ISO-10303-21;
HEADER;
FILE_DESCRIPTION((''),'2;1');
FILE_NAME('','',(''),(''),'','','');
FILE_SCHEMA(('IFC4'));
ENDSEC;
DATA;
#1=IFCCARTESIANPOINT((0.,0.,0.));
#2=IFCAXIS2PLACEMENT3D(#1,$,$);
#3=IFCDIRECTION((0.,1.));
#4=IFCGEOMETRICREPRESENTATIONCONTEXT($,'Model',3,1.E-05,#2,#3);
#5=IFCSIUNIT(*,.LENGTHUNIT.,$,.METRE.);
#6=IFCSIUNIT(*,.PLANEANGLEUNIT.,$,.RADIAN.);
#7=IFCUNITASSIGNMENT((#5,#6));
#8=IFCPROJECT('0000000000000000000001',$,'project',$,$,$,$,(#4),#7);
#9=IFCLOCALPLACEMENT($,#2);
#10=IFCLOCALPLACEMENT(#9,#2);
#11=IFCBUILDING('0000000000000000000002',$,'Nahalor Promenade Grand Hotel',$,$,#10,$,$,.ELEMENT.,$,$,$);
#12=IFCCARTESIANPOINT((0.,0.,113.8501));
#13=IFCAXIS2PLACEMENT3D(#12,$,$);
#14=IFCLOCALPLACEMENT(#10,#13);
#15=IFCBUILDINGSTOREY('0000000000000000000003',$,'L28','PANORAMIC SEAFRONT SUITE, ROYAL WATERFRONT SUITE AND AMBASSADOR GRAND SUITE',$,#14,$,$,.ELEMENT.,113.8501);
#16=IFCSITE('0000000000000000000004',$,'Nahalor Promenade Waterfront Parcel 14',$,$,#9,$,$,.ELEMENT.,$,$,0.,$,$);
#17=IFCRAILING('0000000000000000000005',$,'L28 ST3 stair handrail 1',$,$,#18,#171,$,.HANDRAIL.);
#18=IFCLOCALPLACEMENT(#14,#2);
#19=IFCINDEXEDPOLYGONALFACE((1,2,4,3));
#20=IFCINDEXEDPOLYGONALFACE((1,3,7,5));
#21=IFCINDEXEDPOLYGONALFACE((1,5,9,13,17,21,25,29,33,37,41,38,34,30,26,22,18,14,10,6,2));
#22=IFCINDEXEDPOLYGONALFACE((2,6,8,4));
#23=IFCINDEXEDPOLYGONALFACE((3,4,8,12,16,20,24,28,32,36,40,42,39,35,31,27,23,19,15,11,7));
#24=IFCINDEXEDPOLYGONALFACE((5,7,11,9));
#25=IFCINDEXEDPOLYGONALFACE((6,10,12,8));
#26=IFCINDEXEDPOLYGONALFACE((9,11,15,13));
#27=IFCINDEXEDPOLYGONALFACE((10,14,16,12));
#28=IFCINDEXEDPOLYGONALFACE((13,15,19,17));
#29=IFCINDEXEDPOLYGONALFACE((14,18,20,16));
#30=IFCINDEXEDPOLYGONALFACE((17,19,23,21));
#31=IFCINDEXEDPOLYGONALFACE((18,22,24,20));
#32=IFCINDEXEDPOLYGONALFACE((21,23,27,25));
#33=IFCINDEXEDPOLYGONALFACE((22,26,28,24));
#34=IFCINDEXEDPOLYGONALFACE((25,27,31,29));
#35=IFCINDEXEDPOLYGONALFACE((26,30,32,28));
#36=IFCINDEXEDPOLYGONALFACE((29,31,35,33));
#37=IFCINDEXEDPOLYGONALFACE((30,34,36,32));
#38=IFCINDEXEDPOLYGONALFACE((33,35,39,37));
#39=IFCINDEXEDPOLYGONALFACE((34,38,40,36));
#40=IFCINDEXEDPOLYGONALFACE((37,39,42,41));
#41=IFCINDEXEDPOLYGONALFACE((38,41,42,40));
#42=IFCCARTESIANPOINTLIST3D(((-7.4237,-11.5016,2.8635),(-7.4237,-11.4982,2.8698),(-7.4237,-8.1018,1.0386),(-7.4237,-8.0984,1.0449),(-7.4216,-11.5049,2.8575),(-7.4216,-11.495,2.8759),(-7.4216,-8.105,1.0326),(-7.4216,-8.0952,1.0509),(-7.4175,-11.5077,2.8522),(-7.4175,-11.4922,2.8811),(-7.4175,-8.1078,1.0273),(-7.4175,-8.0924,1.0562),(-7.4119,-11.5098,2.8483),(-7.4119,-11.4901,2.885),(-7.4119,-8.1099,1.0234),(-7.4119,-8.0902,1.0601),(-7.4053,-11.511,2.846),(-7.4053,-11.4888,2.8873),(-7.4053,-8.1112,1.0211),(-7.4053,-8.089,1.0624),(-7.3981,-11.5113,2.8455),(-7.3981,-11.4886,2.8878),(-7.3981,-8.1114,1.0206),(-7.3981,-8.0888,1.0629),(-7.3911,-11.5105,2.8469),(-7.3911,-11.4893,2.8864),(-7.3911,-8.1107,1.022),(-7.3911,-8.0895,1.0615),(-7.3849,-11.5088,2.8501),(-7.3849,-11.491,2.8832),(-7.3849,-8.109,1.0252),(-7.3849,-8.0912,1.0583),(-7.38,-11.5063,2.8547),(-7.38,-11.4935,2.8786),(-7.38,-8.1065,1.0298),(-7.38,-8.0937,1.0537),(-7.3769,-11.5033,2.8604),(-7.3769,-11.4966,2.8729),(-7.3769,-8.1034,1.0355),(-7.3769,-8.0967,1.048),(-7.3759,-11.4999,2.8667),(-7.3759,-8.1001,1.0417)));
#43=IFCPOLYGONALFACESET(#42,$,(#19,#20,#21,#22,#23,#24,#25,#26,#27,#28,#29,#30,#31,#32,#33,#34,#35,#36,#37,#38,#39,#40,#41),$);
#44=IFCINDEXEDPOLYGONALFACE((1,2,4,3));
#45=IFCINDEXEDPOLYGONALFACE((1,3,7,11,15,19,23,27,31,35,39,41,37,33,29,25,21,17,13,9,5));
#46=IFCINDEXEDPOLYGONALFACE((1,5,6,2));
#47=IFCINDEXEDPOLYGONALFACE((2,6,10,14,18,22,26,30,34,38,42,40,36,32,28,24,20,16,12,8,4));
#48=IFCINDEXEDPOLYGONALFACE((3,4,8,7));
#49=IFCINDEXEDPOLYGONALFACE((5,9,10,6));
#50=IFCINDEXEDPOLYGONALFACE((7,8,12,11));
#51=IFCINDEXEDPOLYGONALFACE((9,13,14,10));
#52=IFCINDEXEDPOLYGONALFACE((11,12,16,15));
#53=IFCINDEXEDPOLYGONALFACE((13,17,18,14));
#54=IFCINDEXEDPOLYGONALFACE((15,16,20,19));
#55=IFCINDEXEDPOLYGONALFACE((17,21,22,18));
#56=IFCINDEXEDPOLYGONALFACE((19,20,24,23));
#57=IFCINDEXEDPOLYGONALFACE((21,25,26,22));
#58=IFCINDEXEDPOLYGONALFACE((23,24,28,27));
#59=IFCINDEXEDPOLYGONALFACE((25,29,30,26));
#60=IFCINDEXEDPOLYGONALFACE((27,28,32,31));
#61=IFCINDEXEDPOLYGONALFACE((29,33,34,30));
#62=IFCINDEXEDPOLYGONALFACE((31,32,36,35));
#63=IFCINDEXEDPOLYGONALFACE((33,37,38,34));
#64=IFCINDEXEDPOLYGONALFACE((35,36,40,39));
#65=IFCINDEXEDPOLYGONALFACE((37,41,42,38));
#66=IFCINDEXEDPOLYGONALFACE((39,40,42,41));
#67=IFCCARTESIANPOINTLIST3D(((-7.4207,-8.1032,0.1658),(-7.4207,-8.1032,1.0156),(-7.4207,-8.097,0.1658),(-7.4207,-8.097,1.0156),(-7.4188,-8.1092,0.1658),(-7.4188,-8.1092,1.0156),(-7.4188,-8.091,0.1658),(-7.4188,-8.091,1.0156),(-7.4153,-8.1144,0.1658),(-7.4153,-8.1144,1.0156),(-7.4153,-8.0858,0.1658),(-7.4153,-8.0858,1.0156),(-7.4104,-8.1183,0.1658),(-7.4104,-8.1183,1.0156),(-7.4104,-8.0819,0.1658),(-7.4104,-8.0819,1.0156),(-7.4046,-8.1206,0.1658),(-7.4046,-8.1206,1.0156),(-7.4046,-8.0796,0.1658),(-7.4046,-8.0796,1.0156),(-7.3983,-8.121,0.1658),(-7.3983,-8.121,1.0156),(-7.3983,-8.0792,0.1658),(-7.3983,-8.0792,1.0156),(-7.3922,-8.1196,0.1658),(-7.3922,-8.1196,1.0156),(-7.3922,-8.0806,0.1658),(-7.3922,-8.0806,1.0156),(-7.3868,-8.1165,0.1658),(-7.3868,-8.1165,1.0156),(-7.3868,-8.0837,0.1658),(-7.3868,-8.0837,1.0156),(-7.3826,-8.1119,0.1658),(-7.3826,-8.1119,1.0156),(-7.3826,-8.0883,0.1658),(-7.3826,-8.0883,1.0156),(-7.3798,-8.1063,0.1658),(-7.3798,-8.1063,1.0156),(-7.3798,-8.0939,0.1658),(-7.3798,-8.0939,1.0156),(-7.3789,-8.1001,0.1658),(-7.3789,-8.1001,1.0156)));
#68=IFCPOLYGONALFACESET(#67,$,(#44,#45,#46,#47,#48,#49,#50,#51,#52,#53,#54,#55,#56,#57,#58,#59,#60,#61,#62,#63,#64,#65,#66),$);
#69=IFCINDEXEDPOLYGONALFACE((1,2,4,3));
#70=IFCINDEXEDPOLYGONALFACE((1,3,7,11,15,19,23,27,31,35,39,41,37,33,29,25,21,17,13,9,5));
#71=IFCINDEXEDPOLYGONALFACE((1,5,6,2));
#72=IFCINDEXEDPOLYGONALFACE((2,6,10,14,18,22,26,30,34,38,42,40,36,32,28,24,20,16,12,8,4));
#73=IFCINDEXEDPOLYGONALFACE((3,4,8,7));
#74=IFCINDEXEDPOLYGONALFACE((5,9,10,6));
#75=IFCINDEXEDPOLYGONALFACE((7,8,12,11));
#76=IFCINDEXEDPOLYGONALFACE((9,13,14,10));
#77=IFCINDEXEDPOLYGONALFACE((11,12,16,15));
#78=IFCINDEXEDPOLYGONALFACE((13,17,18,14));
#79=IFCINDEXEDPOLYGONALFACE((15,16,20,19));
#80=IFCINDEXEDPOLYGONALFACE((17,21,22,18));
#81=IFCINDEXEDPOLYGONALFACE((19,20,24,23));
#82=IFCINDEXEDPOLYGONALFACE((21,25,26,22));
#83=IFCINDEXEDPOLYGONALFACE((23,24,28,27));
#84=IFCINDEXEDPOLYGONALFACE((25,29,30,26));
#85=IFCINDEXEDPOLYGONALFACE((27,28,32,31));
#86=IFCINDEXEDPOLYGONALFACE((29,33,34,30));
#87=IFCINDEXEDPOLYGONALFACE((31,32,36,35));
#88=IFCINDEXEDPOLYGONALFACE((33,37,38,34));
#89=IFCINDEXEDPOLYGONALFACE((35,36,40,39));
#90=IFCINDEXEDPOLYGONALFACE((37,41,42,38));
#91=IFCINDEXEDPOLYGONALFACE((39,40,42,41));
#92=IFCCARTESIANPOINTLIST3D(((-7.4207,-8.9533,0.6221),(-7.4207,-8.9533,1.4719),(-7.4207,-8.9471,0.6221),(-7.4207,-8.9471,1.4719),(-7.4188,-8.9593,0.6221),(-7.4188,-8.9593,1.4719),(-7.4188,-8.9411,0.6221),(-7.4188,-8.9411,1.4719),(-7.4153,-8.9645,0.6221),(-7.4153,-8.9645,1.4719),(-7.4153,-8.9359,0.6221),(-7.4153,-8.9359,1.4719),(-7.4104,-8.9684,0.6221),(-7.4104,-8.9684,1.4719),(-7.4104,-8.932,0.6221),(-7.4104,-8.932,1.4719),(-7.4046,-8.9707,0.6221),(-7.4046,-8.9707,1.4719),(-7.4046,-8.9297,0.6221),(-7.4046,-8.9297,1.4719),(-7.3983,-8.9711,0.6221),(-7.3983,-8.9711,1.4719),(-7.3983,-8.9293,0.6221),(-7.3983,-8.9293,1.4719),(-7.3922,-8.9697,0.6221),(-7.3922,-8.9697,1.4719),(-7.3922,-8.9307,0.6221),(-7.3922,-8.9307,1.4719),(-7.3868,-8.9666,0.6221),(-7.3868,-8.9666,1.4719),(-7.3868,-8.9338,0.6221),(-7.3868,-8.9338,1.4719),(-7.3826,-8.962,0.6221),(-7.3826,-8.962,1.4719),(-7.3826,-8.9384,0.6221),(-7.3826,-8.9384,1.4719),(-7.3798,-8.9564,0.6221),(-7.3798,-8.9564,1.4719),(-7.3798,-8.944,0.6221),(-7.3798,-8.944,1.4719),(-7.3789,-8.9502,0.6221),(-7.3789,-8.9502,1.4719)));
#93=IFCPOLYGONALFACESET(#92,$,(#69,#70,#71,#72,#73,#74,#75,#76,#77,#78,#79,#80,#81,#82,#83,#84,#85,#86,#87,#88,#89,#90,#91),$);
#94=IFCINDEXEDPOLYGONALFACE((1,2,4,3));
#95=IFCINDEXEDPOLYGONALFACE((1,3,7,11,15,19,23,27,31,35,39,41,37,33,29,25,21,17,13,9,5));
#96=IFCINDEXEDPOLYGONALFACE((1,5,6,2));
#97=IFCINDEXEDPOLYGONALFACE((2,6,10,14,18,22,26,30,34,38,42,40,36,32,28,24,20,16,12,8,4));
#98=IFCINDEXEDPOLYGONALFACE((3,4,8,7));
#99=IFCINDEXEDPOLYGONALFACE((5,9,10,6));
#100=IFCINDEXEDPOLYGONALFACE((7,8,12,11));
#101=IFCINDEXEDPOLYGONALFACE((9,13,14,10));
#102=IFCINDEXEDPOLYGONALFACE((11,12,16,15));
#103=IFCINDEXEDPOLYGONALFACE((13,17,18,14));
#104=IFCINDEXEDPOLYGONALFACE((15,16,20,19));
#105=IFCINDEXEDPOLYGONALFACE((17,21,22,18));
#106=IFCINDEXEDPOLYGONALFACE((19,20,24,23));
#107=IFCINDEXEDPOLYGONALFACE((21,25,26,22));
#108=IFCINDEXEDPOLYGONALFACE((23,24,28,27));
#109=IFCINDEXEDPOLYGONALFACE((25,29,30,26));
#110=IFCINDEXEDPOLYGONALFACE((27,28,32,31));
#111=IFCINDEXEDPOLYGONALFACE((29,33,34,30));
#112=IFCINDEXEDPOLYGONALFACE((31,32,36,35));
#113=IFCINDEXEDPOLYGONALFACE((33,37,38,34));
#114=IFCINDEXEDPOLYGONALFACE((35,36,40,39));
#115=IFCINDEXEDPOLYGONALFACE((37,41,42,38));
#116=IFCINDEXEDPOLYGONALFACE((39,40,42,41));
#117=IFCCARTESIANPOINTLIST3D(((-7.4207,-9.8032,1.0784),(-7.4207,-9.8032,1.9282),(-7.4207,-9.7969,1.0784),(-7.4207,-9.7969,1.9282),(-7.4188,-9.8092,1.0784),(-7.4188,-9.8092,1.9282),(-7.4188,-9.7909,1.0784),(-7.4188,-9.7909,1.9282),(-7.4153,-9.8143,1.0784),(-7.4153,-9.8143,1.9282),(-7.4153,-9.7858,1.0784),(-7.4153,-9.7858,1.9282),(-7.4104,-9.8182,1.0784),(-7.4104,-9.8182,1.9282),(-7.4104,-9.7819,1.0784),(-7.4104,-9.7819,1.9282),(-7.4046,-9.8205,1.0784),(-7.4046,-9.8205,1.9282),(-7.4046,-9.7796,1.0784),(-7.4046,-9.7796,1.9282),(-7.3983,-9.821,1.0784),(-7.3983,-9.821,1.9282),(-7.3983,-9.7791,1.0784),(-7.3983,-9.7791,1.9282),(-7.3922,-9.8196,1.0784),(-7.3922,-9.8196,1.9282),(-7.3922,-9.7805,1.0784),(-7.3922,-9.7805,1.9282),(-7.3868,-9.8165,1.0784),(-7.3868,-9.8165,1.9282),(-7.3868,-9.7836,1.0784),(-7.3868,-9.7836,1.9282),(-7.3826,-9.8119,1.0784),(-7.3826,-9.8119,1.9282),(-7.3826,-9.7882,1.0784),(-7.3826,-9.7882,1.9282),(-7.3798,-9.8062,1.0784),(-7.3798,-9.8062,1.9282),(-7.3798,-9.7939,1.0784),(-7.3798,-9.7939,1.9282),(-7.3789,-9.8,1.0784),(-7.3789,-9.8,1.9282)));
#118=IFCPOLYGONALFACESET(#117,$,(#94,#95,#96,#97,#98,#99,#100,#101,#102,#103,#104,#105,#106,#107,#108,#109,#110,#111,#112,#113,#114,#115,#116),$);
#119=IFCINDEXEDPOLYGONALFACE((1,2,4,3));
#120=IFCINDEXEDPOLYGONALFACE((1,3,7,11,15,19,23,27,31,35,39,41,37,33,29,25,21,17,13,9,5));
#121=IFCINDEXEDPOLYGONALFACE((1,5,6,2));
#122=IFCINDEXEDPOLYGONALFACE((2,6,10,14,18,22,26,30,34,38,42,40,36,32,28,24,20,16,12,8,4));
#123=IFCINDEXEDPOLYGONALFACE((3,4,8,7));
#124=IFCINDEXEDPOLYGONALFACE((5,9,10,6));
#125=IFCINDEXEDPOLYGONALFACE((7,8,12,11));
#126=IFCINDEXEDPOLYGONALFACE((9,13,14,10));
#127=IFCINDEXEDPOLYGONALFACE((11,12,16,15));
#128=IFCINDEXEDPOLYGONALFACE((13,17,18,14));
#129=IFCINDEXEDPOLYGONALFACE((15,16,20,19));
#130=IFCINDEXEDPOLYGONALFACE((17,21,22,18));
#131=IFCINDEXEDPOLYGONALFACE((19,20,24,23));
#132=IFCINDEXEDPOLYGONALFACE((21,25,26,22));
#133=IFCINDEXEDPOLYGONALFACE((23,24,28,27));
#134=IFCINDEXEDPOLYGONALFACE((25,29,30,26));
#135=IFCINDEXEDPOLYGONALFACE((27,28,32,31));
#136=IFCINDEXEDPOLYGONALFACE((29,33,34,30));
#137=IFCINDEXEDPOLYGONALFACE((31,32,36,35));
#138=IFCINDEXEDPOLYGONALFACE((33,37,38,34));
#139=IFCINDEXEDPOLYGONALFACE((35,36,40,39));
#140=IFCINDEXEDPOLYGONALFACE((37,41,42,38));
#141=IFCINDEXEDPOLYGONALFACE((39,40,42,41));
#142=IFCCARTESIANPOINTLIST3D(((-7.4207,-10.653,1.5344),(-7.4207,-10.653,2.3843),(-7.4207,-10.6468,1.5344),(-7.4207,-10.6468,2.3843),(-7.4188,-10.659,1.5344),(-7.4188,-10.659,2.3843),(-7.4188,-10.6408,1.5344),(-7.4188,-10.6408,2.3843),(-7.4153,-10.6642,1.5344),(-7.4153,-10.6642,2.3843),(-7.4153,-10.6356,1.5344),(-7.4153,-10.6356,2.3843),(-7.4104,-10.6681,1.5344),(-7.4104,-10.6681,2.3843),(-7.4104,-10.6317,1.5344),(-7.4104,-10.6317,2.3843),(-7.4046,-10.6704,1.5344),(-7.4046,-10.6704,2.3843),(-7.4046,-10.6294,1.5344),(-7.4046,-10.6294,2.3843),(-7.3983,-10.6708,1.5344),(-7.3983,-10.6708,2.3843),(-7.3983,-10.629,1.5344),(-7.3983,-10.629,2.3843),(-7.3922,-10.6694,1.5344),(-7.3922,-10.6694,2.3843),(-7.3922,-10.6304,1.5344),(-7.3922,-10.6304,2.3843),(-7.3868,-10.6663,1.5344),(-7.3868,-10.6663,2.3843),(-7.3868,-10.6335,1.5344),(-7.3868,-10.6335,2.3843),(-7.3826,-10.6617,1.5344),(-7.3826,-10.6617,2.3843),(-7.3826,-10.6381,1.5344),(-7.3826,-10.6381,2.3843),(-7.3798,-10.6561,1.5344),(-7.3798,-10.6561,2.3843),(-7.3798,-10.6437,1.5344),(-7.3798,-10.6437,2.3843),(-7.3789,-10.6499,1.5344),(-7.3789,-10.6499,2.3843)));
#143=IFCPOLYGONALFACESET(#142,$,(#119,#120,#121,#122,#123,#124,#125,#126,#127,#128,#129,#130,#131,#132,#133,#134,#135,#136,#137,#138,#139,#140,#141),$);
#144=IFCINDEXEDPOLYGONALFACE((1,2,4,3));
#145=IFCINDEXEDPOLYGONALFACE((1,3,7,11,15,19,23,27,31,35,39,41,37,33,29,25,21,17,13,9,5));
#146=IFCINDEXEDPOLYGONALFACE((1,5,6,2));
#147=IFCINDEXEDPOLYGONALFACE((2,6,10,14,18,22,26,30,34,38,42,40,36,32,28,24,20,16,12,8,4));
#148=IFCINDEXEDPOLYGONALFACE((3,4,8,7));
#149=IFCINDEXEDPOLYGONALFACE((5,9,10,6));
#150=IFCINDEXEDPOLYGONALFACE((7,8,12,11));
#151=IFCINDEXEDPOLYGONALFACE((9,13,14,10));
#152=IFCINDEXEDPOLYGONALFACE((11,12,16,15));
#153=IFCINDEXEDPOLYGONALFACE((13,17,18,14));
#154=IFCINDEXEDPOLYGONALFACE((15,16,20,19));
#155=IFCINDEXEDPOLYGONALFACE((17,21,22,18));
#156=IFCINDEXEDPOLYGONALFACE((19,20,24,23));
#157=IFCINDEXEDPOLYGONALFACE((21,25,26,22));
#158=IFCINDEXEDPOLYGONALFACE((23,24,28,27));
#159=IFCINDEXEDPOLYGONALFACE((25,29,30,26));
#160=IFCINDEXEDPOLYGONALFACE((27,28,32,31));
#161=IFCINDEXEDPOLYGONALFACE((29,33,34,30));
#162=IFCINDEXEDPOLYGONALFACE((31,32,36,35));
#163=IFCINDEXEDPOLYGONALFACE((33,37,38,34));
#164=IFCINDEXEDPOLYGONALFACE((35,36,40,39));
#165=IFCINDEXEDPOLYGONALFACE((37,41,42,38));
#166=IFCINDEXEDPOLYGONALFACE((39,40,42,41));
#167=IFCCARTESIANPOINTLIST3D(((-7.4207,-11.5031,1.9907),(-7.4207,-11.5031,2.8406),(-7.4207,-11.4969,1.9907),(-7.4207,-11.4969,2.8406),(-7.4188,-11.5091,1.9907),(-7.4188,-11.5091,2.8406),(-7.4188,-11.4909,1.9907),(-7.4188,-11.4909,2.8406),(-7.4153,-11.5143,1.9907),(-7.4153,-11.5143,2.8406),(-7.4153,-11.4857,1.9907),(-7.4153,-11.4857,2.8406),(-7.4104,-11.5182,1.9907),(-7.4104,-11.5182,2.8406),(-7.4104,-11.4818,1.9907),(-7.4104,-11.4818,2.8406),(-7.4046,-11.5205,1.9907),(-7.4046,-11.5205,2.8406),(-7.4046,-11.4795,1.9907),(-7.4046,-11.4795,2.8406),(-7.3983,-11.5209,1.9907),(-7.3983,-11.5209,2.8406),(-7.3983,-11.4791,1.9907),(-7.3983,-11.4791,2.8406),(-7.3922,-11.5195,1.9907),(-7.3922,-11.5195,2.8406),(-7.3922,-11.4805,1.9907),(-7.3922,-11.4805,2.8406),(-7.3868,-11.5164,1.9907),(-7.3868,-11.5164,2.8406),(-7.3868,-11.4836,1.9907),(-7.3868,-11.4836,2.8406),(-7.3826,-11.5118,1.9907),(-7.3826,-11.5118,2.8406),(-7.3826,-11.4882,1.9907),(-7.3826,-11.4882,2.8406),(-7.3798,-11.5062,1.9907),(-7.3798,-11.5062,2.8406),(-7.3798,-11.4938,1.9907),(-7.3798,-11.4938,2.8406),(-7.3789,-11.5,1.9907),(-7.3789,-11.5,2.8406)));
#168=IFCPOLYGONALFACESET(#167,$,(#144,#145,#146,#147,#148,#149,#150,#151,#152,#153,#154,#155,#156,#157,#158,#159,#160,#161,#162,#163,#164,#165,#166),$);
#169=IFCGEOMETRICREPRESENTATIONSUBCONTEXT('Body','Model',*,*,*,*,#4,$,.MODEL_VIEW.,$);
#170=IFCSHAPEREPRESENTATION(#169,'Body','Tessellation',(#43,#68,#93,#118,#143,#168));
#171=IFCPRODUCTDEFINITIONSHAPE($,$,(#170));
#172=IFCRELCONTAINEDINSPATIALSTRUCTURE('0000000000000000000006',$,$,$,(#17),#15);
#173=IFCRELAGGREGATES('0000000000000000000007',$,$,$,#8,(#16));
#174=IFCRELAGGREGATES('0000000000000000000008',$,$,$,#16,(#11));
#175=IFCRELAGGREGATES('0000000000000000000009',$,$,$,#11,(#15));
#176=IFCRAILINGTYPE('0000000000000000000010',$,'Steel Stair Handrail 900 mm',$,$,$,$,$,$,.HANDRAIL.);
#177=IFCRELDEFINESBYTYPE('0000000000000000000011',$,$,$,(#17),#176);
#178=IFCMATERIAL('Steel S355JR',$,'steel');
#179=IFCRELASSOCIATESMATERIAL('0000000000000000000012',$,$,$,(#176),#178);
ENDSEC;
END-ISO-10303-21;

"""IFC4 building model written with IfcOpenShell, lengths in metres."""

from ifc_helpers import new_model, si_unit, direction, frame, origin, origin_2d, place, context, subcontext, project, spatial, circle, extrude, material, type_object, element, save


model = new_model("IFC4")

# Units and contexts
model_context = context("Model", 3, precision=1e-05, world=origin(), true_north=direction((0.0, 1.0)))
body_context = subcontext(model_context, "Body", "Model", "MODEL_VIEW")
ifc_project = project(units=[si_unit("LENGTHUNIT", "METRE"), si_unit("PLANEANGLEUNIT", "RADIAN")], contexts=[model_context])

# Site, building, storey
site_placement = place(None, origin())
site = spatial("IfcSite", under=ifc_project, at=site_placement, Name="Nahalor Promenade Waterfront Parcel 14", CompositionType="ELEMENT", RefElevation=0.0)
building_placement = place(site_placement, origin())
building = spatial("IfcBuilding", under=site, at=building_placement, Name="Nahalor Promenade Grand Hotel", CompositionType="ELEMENT")
storey_placement = place(building_placement, frame((0.0, 0.0, 113.8501)))
storey = spatial("IfcBuildingStorey", under=building, at=storey_placement, Name="L28", Description="PANORAMIC SEAFRONT SUITE, ROYAL WATERFRONT SUITE AND AMBASSADOR GRAND SUITE", CompositionType="ELEMENT", Elevation=113.8501)

# Shared definitions
ifc_material_1 = material(Name="Steel S355JR", Category="steel")

# Railing
railing_type_1 = type_object("IfcRailingType", Name="Steel Stair Handrail 900 mm", PredefinedType="HANDRAIL", material=ifc_material_1)
railing_1_placement = place(storey_placement, frame((-7.3999, -8.1001, 0.1658)))
element("IfcRailing", 1, at=railing_1_placement, inside=storey, type_object=railing_type_1, Name="L28 ST3 stair handrail 1", PredefinedType="HANDRAIL", context=body_context, shape_type="SweptSolid", body=[
    extrude(circle(Radius=0.024, at=origin_2d()), frame((0.0, 0.0, 0.876), z_axis=(0.0, -0.881094, 0.472941), x_axis=(1.0, 0.0, 0.0)), (0.0, 0.0, 1.0), 3.8586),
    extrude(circle(Radius=0.021, at=origin_2d()), origin(), (0.0, 0.0, 1.0), 0.8499),
    extrude(circle(Radius=0.021, at=origin_2d()), frame((0.0, -0.8501, 0.4563)), (0.0, 0.0, 1.0), 0.8499),
    extrude(circle(Radius=0.021, at=origin_2d()), frame((0.0, -1.7, 0.9126)), (0.0, 0.0, 1.0), 0.8499),
    extrude(circle(Radius=0.021, at=origin_2d()), frame((0.0, -2.5498, 1.3687)), (0.0, 0.0, 1.0), 0.8499),
    extrude(circle(Radius=0.021, at=origin_2d()), frame((0.0, -3.3999, 1.825)), (0.0, 0.0, 1.0), 0.8499),
])

save(model, "model.ifc")
